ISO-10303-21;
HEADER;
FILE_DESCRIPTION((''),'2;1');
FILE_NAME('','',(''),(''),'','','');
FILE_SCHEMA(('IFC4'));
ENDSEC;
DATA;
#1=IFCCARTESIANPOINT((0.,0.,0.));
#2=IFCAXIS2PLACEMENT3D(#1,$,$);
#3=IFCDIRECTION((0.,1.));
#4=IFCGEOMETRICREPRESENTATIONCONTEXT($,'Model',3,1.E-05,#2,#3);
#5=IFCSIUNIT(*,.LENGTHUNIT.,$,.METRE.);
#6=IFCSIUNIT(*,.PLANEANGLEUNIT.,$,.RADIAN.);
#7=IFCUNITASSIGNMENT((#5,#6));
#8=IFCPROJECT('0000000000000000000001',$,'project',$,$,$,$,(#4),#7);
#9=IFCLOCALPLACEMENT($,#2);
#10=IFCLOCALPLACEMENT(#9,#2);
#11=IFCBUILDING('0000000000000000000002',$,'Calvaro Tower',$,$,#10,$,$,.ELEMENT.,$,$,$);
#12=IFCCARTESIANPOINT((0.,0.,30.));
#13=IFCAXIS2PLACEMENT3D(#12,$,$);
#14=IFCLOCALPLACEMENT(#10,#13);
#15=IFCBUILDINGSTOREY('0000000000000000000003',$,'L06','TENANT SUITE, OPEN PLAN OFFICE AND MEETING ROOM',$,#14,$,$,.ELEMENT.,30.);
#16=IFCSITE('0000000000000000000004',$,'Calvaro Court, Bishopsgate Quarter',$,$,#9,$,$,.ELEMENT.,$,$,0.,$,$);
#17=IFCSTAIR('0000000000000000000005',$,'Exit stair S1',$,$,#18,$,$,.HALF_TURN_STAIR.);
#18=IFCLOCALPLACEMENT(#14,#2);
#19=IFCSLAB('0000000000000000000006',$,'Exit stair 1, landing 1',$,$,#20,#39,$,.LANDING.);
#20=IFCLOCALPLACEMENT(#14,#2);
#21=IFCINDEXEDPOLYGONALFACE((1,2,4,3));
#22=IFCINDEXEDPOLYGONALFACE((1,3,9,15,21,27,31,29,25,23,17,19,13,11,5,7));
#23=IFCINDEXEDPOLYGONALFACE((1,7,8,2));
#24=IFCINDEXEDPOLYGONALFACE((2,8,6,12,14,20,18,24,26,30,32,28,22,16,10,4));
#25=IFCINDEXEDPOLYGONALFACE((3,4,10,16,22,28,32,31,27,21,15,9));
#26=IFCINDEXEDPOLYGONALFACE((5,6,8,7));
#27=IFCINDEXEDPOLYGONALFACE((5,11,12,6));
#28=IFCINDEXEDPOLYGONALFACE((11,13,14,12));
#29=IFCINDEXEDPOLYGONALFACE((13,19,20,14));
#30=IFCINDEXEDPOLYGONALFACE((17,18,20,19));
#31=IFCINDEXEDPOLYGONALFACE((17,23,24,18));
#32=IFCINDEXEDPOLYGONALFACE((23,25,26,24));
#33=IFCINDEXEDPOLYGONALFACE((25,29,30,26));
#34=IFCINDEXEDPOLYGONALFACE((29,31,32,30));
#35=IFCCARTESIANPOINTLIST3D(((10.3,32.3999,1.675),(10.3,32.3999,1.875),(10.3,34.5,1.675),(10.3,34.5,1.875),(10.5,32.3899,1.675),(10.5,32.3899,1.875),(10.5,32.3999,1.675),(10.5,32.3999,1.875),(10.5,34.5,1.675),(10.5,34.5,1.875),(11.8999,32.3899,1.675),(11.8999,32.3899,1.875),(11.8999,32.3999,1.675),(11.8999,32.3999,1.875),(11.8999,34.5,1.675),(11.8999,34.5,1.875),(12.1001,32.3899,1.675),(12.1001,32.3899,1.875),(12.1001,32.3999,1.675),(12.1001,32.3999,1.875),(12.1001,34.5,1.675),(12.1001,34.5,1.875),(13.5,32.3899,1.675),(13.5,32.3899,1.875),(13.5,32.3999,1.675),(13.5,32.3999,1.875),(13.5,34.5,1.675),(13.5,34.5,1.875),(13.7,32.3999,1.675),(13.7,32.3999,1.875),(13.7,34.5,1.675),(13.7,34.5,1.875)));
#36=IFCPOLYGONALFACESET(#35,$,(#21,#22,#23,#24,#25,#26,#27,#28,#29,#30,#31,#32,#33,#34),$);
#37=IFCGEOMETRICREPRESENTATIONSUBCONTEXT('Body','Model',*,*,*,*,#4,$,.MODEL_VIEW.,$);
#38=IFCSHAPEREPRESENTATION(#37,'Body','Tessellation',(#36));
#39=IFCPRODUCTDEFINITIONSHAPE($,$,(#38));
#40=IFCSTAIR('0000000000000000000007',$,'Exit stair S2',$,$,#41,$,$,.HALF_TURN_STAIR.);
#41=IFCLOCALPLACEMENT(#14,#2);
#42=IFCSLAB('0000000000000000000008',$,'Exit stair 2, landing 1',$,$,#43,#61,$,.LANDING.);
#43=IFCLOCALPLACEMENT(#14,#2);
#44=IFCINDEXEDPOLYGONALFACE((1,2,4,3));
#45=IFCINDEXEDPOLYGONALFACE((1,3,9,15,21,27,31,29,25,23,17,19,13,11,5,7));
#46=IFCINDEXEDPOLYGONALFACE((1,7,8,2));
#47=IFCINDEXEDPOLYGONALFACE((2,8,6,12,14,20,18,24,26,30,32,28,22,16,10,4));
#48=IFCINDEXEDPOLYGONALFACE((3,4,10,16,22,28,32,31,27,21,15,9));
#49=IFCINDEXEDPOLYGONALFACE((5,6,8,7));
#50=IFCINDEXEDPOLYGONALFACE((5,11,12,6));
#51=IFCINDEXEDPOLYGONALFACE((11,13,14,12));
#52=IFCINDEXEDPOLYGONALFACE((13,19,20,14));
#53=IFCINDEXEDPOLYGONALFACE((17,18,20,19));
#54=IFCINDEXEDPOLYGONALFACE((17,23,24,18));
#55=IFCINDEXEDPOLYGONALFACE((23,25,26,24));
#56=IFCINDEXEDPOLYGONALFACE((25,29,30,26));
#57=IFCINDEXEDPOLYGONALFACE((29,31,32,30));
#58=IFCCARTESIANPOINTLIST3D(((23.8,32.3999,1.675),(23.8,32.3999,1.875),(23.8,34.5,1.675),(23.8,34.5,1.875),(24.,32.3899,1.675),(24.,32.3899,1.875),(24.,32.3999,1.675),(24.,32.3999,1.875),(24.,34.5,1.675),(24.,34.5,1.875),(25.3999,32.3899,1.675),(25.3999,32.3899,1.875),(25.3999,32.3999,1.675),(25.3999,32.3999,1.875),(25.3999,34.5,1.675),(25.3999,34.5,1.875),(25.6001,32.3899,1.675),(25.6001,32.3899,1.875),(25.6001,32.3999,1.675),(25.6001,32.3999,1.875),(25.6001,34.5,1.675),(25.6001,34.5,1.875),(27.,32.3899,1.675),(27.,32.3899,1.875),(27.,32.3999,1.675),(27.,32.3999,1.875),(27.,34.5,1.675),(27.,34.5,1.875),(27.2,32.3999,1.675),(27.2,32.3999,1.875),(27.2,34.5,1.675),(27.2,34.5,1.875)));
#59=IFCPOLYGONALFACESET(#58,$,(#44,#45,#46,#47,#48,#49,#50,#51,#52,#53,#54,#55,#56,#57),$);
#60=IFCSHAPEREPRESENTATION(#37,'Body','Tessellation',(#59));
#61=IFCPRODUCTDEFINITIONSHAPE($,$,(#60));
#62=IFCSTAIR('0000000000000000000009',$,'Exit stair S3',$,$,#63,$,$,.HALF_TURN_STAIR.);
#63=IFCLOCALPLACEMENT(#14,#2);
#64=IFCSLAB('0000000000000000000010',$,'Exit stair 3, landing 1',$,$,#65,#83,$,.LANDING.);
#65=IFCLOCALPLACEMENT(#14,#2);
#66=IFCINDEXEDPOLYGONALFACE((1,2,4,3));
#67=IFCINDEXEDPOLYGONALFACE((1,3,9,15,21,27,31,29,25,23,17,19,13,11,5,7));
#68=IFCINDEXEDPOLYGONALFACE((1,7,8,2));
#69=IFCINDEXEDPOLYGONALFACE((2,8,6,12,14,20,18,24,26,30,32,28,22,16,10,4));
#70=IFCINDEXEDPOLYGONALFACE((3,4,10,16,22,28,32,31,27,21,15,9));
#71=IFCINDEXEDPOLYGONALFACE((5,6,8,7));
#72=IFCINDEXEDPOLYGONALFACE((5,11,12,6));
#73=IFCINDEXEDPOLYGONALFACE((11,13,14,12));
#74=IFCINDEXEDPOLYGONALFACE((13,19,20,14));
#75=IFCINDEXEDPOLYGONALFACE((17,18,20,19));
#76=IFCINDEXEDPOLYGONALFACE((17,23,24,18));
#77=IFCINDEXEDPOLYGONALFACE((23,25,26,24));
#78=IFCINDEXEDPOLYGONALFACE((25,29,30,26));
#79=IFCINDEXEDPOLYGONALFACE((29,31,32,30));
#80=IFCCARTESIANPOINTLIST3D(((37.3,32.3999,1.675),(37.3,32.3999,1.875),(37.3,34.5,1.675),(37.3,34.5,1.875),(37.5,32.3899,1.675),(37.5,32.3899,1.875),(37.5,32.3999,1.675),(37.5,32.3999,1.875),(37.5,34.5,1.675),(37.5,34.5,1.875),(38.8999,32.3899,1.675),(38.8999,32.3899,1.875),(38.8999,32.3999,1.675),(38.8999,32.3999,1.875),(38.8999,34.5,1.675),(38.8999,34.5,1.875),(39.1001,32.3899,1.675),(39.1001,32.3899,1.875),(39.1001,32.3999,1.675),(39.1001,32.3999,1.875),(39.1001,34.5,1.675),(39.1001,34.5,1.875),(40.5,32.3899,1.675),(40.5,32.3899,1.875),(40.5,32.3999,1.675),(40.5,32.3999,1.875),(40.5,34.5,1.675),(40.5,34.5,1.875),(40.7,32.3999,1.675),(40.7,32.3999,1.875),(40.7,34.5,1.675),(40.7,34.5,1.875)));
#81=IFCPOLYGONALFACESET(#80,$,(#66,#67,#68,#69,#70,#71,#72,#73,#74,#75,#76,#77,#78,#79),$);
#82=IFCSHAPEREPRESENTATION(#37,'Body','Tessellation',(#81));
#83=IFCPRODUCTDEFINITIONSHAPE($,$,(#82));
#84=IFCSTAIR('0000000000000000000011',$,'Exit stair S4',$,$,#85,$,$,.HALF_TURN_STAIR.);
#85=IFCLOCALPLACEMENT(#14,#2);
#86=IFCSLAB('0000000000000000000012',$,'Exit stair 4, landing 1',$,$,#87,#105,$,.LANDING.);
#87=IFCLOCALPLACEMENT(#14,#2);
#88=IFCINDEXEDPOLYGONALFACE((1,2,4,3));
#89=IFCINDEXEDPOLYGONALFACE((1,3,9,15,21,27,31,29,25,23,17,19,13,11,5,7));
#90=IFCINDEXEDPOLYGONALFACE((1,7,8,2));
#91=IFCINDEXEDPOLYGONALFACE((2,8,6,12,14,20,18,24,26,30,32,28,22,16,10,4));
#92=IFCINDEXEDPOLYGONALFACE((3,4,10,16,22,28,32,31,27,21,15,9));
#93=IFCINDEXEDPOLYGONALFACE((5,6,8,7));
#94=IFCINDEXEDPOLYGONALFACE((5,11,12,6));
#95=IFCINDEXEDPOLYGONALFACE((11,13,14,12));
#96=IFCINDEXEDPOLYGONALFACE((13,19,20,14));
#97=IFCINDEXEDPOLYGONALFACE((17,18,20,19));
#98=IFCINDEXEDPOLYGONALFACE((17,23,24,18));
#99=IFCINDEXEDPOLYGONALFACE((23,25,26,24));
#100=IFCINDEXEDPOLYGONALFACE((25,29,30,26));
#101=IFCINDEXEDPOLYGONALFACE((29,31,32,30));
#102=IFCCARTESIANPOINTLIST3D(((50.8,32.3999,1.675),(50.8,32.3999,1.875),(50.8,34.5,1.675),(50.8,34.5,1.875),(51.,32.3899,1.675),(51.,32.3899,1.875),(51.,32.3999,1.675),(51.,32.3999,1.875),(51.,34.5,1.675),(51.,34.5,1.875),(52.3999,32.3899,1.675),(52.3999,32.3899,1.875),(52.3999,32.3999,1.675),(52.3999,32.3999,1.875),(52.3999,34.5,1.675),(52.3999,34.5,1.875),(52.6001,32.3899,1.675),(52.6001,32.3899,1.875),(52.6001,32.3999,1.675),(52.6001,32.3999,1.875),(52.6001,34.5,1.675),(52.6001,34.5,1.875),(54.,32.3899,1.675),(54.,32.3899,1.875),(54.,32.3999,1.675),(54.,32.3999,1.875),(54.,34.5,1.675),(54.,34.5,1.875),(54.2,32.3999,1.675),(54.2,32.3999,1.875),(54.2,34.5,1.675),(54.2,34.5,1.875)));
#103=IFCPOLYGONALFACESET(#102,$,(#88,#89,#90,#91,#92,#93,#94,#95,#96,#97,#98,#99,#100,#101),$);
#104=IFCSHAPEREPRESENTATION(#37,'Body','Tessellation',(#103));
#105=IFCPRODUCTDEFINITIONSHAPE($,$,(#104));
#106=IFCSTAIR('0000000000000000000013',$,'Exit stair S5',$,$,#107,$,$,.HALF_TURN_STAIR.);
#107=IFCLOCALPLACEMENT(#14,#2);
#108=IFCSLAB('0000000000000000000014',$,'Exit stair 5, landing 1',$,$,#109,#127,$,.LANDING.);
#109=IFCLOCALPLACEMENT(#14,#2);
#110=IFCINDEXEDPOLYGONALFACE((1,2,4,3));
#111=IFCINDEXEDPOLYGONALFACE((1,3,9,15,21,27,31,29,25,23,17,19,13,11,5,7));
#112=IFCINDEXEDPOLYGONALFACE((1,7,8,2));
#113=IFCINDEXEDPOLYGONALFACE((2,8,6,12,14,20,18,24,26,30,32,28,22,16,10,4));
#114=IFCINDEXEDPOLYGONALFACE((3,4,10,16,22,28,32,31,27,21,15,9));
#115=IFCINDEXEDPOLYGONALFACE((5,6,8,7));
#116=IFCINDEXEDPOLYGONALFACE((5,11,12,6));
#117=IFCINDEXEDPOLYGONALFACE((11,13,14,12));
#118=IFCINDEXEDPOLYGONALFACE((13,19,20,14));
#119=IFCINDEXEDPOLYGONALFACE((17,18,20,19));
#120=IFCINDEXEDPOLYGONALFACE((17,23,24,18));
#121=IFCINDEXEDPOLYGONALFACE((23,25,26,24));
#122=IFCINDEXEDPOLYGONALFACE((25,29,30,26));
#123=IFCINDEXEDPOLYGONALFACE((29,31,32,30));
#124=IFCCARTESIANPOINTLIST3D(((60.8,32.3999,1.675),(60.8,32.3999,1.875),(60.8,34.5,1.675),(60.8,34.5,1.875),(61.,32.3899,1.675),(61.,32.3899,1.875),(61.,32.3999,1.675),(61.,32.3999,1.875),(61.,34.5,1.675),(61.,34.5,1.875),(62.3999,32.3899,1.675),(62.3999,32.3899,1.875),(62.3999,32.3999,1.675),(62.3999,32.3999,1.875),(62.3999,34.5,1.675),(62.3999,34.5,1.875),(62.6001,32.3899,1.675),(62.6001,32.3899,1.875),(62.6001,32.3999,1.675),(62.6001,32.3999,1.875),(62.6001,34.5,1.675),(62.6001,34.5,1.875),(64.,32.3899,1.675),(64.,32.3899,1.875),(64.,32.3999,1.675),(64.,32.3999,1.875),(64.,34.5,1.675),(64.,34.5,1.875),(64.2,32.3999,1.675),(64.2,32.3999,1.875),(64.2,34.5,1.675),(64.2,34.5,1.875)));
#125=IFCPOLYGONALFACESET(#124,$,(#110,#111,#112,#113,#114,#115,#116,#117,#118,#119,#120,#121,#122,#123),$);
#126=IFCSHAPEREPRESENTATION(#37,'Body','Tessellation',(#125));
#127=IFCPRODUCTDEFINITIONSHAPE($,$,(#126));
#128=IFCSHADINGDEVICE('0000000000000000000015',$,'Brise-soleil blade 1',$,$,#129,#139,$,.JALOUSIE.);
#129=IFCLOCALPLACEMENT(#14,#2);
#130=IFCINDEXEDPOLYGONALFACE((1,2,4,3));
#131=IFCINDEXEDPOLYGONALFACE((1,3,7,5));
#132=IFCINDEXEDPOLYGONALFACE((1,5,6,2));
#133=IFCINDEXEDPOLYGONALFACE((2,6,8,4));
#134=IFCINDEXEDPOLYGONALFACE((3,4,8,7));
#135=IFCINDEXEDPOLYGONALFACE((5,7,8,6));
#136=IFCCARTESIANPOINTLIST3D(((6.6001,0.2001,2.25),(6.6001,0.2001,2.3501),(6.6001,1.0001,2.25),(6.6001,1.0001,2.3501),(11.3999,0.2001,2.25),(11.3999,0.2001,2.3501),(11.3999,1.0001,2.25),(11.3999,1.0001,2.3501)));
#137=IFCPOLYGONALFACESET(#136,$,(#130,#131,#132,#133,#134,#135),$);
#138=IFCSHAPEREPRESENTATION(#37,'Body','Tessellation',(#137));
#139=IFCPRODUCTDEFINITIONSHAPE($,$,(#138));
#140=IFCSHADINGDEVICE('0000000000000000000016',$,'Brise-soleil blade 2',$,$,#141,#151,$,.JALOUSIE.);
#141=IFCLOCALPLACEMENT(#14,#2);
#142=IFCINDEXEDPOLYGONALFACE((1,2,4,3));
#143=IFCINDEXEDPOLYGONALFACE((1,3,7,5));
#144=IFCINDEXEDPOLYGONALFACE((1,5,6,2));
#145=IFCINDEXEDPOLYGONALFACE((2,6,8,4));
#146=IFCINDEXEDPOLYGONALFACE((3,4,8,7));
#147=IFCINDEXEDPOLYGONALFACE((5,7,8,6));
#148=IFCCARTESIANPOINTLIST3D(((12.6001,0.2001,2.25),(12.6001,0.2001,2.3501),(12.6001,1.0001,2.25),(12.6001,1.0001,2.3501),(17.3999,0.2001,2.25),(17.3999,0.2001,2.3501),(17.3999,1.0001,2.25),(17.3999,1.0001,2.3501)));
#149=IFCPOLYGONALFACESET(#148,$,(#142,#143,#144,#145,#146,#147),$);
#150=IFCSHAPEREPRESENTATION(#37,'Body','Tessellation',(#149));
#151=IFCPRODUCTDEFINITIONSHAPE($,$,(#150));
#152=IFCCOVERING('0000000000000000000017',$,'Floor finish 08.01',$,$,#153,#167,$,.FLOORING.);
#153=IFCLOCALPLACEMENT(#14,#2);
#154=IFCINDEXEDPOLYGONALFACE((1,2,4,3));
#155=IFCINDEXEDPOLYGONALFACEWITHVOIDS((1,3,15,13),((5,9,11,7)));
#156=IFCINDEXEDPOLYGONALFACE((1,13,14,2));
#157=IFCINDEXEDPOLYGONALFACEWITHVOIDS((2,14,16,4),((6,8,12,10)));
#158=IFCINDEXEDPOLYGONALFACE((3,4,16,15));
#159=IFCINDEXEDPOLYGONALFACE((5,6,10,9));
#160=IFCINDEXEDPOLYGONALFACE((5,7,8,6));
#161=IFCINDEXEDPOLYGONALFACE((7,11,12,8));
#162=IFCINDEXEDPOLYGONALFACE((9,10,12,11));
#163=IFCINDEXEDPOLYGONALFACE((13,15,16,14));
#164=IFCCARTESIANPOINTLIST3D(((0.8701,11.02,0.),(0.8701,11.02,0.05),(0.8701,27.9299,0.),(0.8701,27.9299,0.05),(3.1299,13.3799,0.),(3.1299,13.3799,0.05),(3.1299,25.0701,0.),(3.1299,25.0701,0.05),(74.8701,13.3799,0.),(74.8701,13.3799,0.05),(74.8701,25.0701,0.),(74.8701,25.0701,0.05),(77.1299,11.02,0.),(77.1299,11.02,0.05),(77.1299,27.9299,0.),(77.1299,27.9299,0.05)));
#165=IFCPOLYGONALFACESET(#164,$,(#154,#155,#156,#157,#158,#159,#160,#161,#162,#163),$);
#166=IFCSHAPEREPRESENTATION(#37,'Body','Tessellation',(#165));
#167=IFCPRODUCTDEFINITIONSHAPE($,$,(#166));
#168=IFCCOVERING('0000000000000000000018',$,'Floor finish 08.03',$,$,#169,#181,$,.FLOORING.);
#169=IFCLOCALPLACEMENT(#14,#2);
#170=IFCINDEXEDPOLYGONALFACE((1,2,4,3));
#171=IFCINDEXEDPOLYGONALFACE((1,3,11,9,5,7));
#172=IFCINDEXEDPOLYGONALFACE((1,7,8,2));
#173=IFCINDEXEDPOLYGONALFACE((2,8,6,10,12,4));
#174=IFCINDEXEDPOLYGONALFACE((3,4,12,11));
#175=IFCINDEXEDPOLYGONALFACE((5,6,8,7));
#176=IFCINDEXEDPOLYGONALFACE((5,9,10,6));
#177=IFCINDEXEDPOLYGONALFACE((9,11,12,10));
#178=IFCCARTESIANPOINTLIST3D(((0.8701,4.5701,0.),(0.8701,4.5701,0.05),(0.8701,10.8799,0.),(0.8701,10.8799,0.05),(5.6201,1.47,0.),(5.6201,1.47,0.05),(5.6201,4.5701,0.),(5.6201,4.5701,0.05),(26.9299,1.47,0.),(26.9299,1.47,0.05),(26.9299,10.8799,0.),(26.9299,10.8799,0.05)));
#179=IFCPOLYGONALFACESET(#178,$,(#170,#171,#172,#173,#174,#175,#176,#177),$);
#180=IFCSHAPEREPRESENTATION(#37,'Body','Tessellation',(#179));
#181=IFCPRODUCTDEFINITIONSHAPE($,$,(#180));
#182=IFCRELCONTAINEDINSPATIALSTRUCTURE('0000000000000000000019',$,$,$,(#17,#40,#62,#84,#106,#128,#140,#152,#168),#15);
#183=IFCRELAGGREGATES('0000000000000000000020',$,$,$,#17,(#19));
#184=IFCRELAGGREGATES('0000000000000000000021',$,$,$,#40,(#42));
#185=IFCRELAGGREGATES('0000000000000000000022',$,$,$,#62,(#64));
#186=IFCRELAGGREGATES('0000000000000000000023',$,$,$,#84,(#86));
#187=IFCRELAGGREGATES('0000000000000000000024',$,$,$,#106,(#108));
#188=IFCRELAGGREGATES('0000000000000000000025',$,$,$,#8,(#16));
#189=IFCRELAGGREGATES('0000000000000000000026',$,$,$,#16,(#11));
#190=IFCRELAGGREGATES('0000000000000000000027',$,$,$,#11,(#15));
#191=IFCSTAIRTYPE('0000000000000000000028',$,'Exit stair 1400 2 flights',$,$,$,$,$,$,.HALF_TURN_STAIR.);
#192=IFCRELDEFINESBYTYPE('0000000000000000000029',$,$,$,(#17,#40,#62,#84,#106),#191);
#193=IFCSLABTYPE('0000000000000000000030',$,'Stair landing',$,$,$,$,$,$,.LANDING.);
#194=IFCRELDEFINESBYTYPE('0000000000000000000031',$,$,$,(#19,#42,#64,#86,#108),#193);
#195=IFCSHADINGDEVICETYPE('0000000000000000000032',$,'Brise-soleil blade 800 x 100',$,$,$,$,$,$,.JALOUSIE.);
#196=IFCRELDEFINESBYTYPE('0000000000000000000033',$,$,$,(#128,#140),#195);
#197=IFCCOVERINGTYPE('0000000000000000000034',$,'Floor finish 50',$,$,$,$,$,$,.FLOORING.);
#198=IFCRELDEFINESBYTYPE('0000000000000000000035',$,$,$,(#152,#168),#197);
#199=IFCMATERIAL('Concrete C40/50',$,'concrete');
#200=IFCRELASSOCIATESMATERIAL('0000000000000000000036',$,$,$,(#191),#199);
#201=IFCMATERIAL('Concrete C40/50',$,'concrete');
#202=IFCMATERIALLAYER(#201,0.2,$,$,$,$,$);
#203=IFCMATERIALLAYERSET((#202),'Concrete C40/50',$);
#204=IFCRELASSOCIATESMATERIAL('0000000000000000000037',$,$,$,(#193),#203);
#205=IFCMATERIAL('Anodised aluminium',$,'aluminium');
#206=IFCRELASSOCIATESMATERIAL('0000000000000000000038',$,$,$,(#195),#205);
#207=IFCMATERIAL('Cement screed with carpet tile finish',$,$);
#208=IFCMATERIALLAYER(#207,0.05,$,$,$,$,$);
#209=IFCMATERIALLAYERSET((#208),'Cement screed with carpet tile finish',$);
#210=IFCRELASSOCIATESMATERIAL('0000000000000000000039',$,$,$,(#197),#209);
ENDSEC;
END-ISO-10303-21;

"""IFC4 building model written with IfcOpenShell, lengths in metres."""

from ifc_helpers import new_model, si_unit, direction, frame, origin, origin_2d, place, context, subcontext, project, spatial, polyline, rectangle, outline, extrude, material, layer, layer_set, material_profile, profile_set, type_object, element, aggregate, save


model = new_model("IFC4")

# Units and contexts
model_context = context("Model", 3, precision=1e-05, world=origin(), true_north=direction((0.0, 1.0)))
body_context = subcontext(model_context, "Body", "Model", "MODEL_VIEW")
ifc_project = project(units=[si_unit("LENGTHUNIT", "METRE"), si_unit("PLANEANGLEUNIT", "RADIAN")], contexts=[model_context])

# Site, building, storey
site_placement = place(None, origin())
site = spatial("IfcSite", under=ifc_project, at=site_placement, Name="Calvaro Court, Bishopsgate Quarter", CompositionType="ELEMENT", RefElevation=0.0)
building_placement = place(site_placement, origin())
building = spatial("IfcBuilding", under=site, at=building_placement, Name="Calvaro Tower", CompositionType="ELEMENT")
storey_placement = place(building_placement, frame((0.0, 0.0, 30.0)))
storey = spatial("IfcBuildingStorey", under=building, at=storey_placement, Name="L06", Description="TENANT SUITE, OPEN PLAN OFFICE AND MEETING ROOM", CompositionType="ELEMENT", Elevation=30.0)

# Stairs, slabs
ifc_material_1 = material(Name="Concrete C40/50", Category="concrete")
stair_type = type_object("IfcStairType", Name="Exit stair 1400 2 flights", PredefinedType="HALF_TURN_STAIR", material=ifc_material_1)
stair_1_placement = place(storey_placement, origin())
stair_1 = element("IfcStair", 1, at=stair_1_placement, inside=storey, type_object=stair_type, Name="Exit stair S1", PredefinedType="HALF_TURN_STAIR")
ifc_material_2 = material(Name="Concrete C40/50", Category="concrete")
ifc_layer_1 = layer(ifc_material_2, 0.2)
ifc_layer_set_1 = layer_set([ifc_layer_1], Name="Concrete C40/50")
slab_type_1 = type_object("IfcSlabType", Name="Stair landing", PredefinedType="LANDING", material=ifc_layer_set_1)
slab_1_placement = place(storey_placement, frame((0.0, 0.0, 1.675)))
slab_1 = element("IfcSlab", 2, at=slab_1_placement, type_object=slab_type_1, Name="Exit stair 1, landing 1", PredefinedType="LANDING", context=body_context, shape_type="SweptSolid", body=[
    extrude(outline(polyline([(11.8999, 32.3899), (10.5, 32.3899), (10.5, 32.3999), (10.3, 32.3999), (10.3, 34.5), (10.5, 34.5), (11.8999, 34.5), (12.1001, 34.5), (13.5, 34.5), (13.7, 34.5), (13.7, 32.3999), (13.5, 32.3999), (13.5, 32.3899), (12.1001, 32.3899), (12.1001, 32.3999), (11.8999, 32.3999), (11.8999, 32.3899)])), origin(), (0.0, 0.0, 1.0), 0.2),
])
aggregate(stair_1, [slab_1])
stair_2_placement = place(storey_placement, origin())
stair_2 = element("IfcStair", 3, at=stair_2_placement, inside=storey, type_object=stair_type, Name="Exit stair S2", PredefinedType="HALF_TURN_STAIR")
slab_2_placement = place(storey_placement, frame((0.0, 0.0, 1.675)))
slab_2 = element("IfcSlab", 4, at=slab_2_placement, type_object=slab_type_1, Name="Exit stair 2, landing 1", PredefinedType="LANDING", context=body_context, shape_type="SweptSolid", body=[
    extrude(outline(polyline([(25.3999, 32.3899), (24.0, 32.3899), (24.0, 32.3999), (23.8, 32.3999), (23.8, 34.5), (24.0, 34.5), (25.3999, 34.5), (25.6001, 34.5), (27.0, 34.5), (27.2, 34.5), (27.2, 32.3999), (27.0, 32.3999), (27.0, 32.3899), (25.6001, 32.3899), (25.6001, 32.3999), (25.3999, 32.3999), (25.3999, 32.3899)])), origin(), (0.0, 0.0, 1.0), 0.2),
])
aggregate(stair_2, [slab_2])
stair_3_placement = place(storey_placement, origin())
stair_3 = element("IfcStair", 5, at=stair_3_placement, inside=storey, type_object=stair_type, Name="Exit stair S3", PredefinedType="HALF_TURN_STAIR")
slab_3_placement = place(storey_placement, frame((0.0, 0.0, 1.675)))
slab_3 = element("IfcSlab", 6, at=slab_3_placement, type_object=slab_type_1, Name="Exit stair 3, landing 1", PredefinedType="LANDING", context=body_context, shape_type="SweptSolid", body=[
    extrude(outline(polyline([(38.8999, 32.3899), (37.5, 32.3899), (37.5, 32.3999), (37.3, 32.3999), (37.3, 34.5), (37.5, 34.5), (38.8999, 34.5), (39.1001, 34.5), (40.5, 34.5), (40.7, 34.5), (40.7, 32.3999), (40.5, 32.3999), (40.5, 32.3899), (39.1001, 32.3899), (39.1001, 32.3999), (38.8999, 32.3999), (38.8999, 32.3899)])), origin(), (0.0, 0.0, 1.0), 0.2),
])
aggregate(stair_3, [slab_3])
stair_4_placement = place(storey_placement, origin())
stair_4 = element("IfcStair", 7, at=stair_4_placement, inside=storey, type_object=stair_type, Name="Exit stair S4", PredefinedType="HALF_TURN_STAIR")
slab_4_placement = place(storey_placement, frame((0.0, 0.0, 1.675)))
slab_4 = element("IfcSlab", 8, at=slab_4_placement, type_object=slab_type_1, Name="Exit stair 4, landing 1", PredefinedType="LANDING", context=body_context, shape_type="SweptSolid", body=[
    extrude(outline(polyline([(52.3999, 32.3899), (51.0, 32.3899), (51.0, 32.3999), (50.8, 32.3999), (50.8, 34.5), (51.0, 34.5), (52.3999, 34.5), (52.6001, 34.5), (54.0, 34.5), (54.2, 34.5), (54.2, 32.3999), (54.0, 32.3999), (54.0, 32.3899), (52.6001, 32.3899), (52.6001, 32.3999), (52.3999, 32.3999), (52.3999, 32.3899)])), origin(), (0.0, 0.0, 1.0), 0.2),
])
aggregate(stair_4, [slab_4])
stair_5_placement = place(storey_placement, origin())
stair_5 = element("IfcStair", 9, at=stair_5_placement, inside=storey, type_object=stair_type, Name="Exit stair S5", PredefinedType="HALF_TURN_STAIR")
slab_5_placement = place(storey_placement, frame((0.0, 0.0, 1.675)))
slab_5 = element("IfcSlab", 10, at=slab_5_placement, type_object=slab_type_1, Name="Exit stair 5, landing 1", PredefinedType="LANDING", context=body_context, shape_type="SweptSolid", body=[
    extrude(outline(polyline([(62.3999, 32.3899), (61.0, 32.3899), (61.0, 32.3999), (60.8, 32.3999), (60.8, 34.5), (61.0, 34.5), (62.3999, 34.5), (62.6001, 34.5), (64.0, 34.5), (64.2, 34.5), (64.2, 32.3999), (64.0, 32.3999), (64.0, 32.3899), (62.6001, 32.3899), (62.6001, 32.3999), (62.3999, 32.3999), (62.3999, 32.3899)])), origin(), (0.0, 0.0, 1.0), 0.2),
])
aggregate(stair_5, [slab_5])

# Shading devices
ifc_material_3 = material(Name="Anodised aluminium", Category="aluminium")
ifc_material_profile_1 = material_profile(ifc_material_3, rectangle(XDim=0.8, YDim=0.1001, at=origin_2d()), Name="Brise-soleil blade 800 x 100")
ifc_profile_set_1 = profile_set([ifc_material_profile_1], Name="Anodised aluminium")
shading_device_type = type_object("IfcShadingDeviceType", Name="Brise-soleil blade 800 x 100", PredefinedType="JALOUSIE", material=ifc_profile_set_1)
for number, where, z_axis, x_axis, name in (
    (11, (6.6001, 0.6001, 2.3), (1.0, 0.0, 0.0), (0.0, 1.0, 0.0), "Brise-soleil blade 1"),
    (12, (12.6001, 0.6001, 2.3), (1.0, 0.0, 0.0), (0.0, 1.0, 0.0), "Brise-soleil blade 2"),
):
    element("IfcShadingDevice", number, at=place(storey_placement, frame(where, z_axis=z_axis, x_axis=x_axis)), inside=storey, type_object=shading_device_type, Name=name, PredefinedType="JALOUSIE", context=body_context, shape_type="SweptSolid", body=[
        extrude(rectangle(XDim=0.8, YDim=0.1001, at=origin_2d()), origin(), (0.0, 0.0, 1.0), 4.7998),
    ])

# Coverings
ifc_material_4 = material(Name="Cement screed with carpet tile finish")
ifc_layer_2 = layer(ifc_material_4, 0.05)
ifc_layer_set_2 = layer_set([ifc_layer_2], Name="Cement screed with carpet tile finish")
covering_type = type_object("IfcCoveringType", Name="Floor finish 50", PredefinedType="FLOORING", material=ifc_layer_set_2)
covering_1_placement = place(storey_placement, origin())
element("IfcCovering", 13, at=covering_1_placement, inside=storey, type_object=covering_type, Name="Floor finish 08.01", PredefinedType="FLOORING", context=body_context, shape_type="SweptSolid", body=[
    extrude(outline(polyline([(0.8701, 11.02), (0.8701, 27.9299), (77.1299, 27.9299), (77.1299, 11.02), (0.8701, 11.02)]), holes=[polyline([(74.8701, 13.3799), (74.8701, 25.0701), (3.1299, 25.0701), (3.1299, 13.3799), (74.8701, 13.3799)])]), origin(), (0.0, 0.0, 1.0), 0.05),
])
covering_2_placement = place(storey_placement, origin())
element("IfcCovering", 14, at=covering_2_placement, inside=storey, type_object=covering_type, Name="Floor finish 08.03", PredefinedType="FLOORING", context=body_context, shape_type="SweptSolid", body=[
    extrude(outline(polyline([(26.9299, 10.8799), (26.9299, 1.47), (5.6201, 1.47), (5.6201, 4.5701), (0.8701, 4.5701), (0.8701, 10.8799), (26.9299, 10.8799)])), origin(), (0.0, 0.0, 1.0), 0.05),
])

save(model, "model.ifc")
